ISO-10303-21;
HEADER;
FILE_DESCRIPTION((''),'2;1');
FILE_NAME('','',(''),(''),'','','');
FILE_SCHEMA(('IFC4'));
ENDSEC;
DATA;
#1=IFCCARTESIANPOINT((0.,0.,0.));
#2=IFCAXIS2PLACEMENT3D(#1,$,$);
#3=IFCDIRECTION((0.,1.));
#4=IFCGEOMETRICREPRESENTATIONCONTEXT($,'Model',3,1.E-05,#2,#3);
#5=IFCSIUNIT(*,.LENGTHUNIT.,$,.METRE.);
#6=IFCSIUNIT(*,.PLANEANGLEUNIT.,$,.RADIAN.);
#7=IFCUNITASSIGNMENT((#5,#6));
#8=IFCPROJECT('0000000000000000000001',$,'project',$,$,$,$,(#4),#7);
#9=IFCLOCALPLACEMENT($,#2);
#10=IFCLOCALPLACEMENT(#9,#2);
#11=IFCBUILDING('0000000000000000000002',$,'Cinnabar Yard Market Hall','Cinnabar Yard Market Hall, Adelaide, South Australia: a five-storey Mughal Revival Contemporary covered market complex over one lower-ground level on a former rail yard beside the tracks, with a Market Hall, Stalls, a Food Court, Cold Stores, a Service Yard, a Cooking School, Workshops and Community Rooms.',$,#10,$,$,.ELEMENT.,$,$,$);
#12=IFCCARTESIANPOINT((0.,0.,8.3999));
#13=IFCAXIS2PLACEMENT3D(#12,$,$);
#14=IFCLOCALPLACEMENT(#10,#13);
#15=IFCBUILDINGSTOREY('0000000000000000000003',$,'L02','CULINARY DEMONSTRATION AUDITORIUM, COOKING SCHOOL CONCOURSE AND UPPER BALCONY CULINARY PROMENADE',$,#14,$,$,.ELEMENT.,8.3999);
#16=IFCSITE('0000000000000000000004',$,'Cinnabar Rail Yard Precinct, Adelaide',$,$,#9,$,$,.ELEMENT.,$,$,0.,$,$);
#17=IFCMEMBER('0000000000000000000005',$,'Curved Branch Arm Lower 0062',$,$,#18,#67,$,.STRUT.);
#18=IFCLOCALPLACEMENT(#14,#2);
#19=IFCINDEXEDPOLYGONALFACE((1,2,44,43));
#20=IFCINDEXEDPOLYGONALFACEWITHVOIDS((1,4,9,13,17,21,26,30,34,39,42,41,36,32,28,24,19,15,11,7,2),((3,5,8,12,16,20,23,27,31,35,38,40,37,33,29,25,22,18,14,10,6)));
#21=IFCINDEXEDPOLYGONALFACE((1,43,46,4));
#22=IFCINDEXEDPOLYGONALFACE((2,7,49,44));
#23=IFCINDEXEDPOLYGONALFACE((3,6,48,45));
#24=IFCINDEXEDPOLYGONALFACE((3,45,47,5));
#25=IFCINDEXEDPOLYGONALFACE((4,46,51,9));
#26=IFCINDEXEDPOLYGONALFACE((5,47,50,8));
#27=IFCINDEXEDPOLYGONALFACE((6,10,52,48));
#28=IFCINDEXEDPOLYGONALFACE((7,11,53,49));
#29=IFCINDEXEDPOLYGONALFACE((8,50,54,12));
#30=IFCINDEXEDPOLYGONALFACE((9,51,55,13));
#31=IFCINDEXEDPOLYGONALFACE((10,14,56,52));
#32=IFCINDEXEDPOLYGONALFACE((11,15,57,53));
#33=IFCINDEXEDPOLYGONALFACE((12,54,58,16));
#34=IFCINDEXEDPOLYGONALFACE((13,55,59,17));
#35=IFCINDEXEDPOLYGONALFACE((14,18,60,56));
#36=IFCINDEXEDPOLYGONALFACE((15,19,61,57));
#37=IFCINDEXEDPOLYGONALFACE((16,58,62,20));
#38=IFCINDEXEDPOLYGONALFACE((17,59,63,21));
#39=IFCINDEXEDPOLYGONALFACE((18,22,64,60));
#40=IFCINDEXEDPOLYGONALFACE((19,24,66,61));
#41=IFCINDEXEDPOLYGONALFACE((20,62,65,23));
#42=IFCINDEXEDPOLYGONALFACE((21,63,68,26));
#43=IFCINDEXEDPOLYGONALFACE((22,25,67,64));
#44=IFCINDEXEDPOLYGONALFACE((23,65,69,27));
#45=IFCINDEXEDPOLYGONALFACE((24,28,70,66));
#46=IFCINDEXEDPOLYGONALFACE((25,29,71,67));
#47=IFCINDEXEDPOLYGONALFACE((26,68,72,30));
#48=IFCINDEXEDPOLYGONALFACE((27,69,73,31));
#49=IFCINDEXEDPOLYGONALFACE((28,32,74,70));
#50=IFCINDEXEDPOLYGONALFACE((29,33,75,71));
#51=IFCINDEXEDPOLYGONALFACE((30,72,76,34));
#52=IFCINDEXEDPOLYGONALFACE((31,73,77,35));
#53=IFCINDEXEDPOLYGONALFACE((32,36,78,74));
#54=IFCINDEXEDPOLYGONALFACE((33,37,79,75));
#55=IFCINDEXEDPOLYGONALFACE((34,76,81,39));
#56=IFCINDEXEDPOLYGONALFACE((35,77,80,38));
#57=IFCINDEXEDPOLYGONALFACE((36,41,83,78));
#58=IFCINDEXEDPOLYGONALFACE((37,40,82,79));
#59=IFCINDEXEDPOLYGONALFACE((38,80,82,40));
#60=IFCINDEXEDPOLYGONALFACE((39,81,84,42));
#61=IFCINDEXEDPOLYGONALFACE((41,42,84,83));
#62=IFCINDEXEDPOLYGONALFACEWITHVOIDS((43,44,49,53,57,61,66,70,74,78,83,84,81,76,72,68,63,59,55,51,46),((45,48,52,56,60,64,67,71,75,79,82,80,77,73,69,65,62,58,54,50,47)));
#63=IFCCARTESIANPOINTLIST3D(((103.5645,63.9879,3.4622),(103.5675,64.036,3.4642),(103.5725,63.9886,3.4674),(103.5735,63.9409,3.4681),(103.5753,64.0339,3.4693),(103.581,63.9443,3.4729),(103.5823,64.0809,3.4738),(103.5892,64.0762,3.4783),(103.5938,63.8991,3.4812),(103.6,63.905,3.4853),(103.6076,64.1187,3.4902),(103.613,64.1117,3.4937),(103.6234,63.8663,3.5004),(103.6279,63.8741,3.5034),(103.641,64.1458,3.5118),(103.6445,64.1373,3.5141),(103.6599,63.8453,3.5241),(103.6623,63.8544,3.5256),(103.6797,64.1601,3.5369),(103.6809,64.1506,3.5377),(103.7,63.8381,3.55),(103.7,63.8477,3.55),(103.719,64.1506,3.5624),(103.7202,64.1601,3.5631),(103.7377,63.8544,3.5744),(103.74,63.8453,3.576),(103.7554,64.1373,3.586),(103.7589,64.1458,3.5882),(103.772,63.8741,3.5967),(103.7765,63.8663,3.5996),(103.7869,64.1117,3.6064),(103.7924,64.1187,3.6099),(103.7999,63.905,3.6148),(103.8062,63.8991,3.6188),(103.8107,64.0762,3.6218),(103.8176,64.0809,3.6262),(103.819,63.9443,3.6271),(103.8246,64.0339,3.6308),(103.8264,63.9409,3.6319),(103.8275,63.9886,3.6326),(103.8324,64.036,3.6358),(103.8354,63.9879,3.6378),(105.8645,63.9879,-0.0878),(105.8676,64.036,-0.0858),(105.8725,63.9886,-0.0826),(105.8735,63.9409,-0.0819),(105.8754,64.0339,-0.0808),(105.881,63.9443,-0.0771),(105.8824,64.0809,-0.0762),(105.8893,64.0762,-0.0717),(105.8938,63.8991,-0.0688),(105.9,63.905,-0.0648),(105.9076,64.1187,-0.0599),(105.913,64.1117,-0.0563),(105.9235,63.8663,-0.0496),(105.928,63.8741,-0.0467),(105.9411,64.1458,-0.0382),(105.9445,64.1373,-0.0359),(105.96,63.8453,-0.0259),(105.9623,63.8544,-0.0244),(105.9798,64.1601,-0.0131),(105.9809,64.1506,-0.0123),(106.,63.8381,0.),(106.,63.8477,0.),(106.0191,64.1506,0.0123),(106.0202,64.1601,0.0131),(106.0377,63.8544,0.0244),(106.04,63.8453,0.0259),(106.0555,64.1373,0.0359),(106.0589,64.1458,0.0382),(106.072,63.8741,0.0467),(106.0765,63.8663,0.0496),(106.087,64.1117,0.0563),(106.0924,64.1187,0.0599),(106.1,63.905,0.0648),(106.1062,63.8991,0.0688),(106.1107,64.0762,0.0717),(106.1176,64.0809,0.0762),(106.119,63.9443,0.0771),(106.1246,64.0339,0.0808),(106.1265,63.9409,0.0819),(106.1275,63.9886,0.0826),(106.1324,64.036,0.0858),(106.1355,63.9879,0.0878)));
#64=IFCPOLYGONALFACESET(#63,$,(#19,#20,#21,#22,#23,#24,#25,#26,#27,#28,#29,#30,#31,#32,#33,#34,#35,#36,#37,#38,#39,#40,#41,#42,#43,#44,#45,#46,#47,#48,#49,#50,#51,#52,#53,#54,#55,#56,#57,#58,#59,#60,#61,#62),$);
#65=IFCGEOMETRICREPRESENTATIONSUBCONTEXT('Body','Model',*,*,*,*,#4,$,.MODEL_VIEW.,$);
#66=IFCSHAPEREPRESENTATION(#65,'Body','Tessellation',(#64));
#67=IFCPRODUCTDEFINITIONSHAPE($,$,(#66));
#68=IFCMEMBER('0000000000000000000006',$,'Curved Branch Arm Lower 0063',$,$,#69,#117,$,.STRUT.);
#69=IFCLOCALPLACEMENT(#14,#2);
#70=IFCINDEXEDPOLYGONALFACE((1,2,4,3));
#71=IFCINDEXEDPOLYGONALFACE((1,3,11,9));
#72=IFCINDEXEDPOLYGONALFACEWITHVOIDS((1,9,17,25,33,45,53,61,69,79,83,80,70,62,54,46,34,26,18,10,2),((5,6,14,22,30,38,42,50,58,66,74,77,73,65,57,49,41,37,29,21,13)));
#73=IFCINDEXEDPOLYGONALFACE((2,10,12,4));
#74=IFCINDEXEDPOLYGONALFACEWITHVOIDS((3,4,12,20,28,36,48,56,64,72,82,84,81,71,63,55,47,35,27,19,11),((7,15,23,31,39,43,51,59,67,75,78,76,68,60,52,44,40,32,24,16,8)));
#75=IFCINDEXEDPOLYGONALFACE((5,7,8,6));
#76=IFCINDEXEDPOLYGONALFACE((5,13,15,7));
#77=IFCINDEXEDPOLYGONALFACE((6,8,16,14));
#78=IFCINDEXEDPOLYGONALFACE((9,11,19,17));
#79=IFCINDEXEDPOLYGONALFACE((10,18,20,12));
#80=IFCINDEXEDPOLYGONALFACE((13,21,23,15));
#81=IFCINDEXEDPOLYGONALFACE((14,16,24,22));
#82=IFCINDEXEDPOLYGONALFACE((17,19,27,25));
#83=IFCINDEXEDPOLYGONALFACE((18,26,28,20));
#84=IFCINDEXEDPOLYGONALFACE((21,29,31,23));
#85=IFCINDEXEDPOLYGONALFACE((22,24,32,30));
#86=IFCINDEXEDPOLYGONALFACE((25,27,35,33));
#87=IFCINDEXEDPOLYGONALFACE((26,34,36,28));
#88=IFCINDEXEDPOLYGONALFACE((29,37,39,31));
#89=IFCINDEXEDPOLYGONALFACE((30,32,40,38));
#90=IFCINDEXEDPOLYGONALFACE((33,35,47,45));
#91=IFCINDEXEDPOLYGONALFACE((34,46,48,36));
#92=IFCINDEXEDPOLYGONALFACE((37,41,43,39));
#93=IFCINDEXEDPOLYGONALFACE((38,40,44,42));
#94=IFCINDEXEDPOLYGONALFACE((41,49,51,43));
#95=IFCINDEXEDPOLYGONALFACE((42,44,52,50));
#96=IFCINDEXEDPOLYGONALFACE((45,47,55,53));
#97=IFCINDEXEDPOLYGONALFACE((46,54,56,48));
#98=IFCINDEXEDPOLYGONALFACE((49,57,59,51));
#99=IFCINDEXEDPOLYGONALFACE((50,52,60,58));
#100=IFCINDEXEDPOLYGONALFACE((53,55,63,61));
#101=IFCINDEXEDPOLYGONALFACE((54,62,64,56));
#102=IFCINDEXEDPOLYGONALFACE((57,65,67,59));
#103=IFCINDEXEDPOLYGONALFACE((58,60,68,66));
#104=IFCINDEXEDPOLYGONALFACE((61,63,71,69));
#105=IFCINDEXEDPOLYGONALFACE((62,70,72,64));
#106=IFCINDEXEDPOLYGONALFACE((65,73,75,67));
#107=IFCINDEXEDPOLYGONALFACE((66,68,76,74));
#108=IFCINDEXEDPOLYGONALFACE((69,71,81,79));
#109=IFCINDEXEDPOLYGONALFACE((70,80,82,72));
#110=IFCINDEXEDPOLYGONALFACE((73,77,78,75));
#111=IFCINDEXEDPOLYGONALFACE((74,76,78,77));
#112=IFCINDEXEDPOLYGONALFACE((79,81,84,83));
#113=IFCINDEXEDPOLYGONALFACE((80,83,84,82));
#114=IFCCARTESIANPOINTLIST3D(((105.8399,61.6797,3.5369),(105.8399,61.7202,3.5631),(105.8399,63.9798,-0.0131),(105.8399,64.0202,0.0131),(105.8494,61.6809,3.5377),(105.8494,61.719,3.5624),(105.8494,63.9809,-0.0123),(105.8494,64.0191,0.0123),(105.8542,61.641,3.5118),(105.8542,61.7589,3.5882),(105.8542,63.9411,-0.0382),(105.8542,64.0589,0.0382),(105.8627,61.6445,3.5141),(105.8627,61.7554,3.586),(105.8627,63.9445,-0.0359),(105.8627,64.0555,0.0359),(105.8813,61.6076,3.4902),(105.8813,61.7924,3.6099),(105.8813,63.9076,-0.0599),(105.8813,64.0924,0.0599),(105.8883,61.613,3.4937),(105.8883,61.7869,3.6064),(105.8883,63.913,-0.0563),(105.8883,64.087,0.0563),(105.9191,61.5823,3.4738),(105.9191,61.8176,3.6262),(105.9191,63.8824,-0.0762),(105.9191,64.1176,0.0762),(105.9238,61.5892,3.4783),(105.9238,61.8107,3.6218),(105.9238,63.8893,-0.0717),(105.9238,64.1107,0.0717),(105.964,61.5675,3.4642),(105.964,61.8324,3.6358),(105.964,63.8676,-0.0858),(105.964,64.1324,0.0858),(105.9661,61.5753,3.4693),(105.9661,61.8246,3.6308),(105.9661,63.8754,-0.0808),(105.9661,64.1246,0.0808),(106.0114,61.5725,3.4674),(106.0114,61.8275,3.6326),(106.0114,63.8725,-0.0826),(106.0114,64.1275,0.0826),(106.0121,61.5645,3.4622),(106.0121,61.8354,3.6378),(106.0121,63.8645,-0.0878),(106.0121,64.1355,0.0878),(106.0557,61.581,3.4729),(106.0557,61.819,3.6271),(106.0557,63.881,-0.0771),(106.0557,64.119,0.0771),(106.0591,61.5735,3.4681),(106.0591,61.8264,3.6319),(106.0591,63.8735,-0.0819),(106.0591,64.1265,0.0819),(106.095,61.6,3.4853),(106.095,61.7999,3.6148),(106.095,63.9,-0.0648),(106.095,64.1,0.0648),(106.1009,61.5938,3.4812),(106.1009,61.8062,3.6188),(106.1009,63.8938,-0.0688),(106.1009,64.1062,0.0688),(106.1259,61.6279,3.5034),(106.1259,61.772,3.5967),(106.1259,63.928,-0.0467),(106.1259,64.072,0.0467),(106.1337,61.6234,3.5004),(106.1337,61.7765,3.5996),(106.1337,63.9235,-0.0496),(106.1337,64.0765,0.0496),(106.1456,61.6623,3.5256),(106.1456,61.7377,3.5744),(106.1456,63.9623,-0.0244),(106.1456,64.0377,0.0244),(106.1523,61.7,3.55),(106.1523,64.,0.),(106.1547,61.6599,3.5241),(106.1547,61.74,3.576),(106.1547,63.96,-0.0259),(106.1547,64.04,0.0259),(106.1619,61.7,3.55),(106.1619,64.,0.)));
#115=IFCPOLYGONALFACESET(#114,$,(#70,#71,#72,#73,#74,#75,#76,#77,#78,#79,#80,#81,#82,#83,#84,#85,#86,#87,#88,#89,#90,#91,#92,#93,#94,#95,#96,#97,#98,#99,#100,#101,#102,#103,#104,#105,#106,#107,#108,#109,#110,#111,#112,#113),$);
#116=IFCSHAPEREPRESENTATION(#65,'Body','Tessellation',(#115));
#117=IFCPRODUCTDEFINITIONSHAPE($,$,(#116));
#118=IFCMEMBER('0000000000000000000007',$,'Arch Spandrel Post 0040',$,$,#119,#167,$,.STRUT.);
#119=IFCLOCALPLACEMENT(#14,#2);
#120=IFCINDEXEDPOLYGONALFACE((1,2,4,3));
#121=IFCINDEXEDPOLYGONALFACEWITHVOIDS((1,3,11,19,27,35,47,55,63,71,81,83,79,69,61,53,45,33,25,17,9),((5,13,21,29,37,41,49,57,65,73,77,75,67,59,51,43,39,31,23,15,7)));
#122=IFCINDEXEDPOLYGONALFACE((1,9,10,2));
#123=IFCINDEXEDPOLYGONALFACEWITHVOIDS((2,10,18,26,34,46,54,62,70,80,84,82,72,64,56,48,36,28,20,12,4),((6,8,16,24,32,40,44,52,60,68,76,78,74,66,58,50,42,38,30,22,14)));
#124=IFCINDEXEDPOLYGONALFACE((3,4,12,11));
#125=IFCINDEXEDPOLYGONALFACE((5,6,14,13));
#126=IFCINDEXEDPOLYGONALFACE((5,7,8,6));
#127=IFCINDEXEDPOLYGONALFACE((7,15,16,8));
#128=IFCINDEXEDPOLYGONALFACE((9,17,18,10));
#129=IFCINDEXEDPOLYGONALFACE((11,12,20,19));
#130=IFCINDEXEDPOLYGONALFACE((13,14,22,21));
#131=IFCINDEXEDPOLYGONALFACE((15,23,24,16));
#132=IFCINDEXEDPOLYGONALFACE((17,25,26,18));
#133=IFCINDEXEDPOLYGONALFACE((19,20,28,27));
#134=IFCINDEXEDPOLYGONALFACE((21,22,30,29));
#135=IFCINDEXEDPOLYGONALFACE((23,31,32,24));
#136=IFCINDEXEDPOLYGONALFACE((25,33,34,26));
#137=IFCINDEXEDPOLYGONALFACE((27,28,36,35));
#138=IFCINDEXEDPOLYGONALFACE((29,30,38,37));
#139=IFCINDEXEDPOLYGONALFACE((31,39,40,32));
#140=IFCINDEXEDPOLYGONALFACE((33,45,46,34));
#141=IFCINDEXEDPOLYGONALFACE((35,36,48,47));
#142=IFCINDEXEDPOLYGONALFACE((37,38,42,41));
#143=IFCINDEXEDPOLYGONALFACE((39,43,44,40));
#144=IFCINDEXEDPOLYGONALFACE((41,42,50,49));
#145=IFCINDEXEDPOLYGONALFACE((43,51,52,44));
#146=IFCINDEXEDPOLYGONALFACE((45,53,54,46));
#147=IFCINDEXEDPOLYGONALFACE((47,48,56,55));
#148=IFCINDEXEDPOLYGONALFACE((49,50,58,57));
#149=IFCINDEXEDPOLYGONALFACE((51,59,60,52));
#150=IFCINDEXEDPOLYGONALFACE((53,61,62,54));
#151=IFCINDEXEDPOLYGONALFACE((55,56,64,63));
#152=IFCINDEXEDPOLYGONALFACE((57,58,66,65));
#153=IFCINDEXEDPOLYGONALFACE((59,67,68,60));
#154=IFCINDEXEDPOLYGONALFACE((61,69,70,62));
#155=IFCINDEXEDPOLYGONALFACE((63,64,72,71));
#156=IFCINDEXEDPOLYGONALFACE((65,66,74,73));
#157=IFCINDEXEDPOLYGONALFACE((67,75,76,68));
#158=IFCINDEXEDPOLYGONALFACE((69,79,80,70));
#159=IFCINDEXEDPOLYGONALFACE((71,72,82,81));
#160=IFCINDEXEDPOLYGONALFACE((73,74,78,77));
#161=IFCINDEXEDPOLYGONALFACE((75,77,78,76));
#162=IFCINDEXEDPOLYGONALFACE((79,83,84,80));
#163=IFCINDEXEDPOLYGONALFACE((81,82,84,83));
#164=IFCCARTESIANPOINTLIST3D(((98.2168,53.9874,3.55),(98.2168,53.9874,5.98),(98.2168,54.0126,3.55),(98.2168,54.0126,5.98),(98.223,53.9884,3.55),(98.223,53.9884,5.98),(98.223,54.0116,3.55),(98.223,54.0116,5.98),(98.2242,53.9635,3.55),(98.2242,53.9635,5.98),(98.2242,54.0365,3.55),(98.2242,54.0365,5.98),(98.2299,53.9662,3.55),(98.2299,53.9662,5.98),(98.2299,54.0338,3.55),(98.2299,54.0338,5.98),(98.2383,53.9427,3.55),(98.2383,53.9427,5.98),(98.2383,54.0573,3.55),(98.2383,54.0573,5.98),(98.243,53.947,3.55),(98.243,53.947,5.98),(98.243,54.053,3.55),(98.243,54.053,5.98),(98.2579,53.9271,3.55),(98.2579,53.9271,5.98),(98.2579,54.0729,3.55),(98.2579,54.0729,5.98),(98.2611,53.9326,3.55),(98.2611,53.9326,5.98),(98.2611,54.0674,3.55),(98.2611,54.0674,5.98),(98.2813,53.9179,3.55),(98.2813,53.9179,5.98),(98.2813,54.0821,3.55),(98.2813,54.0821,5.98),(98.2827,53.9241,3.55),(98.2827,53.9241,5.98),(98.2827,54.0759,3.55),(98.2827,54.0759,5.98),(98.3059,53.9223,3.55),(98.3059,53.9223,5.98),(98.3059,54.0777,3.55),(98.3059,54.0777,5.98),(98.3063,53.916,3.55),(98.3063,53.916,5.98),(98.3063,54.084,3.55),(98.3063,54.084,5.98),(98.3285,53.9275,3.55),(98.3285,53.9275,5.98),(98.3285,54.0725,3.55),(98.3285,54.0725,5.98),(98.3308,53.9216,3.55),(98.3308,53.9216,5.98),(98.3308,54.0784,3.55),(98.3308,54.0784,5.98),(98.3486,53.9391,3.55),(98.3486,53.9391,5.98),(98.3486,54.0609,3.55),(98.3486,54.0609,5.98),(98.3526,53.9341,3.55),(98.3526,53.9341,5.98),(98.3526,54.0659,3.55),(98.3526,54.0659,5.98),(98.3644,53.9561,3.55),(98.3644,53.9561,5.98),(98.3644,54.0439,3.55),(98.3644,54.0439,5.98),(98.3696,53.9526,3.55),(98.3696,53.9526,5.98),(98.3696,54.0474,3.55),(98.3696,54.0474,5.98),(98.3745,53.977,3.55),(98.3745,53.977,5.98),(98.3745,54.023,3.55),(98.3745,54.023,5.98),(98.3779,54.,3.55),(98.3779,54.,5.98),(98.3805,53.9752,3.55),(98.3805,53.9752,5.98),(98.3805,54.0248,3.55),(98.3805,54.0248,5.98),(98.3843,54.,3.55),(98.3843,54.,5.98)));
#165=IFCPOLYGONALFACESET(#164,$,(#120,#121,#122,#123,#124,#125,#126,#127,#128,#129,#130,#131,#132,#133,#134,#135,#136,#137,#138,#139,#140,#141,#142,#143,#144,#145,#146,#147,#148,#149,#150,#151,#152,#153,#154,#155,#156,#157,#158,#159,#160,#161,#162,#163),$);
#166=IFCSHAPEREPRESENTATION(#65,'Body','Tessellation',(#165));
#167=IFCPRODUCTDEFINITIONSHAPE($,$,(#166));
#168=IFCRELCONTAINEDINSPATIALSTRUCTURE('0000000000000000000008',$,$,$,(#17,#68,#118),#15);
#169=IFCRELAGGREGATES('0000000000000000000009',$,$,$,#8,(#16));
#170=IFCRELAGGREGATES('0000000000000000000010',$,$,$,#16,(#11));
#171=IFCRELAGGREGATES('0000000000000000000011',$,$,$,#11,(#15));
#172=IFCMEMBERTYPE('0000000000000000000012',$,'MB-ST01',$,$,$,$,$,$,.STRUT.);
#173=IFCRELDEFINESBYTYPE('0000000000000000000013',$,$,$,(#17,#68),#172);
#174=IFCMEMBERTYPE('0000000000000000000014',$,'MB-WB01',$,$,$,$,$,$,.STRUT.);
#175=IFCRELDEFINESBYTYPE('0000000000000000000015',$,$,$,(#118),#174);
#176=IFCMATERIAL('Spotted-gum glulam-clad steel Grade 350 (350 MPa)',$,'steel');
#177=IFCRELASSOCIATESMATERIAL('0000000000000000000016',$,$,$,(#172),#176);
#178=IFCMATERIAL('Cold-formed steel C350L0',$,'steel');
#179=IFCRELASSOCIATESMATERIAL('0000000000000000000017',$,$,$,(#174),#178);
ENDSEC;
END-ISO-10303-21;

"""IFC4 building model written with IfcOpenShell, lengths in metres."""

from ifc_helpers import new_model, si_unit, direction, frame, origin, origin_2d_with_axis, place, context, subcontext, project, spatial, hollow_circle, extrude, material, material_profile, profile_set, type_object, element, save


model = new_model("IFC4")

# Units and contexts
model_context = context("Model", 3, precision=1e-05, world=origin(), true_north=direction((0.0, 1.0)))
body_context = subcontext(model_context, "Body", "Model", "MODEL_VIEW")
ifc_project = project(units=[si_unit("LENGTHUNIT", "METRE"), si_unit("PLANEANGLEUNIT", "RADIAN")], contexts=[model_context])

# Site, building, storey
site_placement = place(None, origin())
site = spatial("IfcSite", under=ifc_project, at=site_placement, Name="Cinnabar Rail Yard Precinct, Adelaide", CompositionType="ELEMENT", RefElevation=0.0)
building_placement = place(site_placement, origin())
building = spatial("IfcBuilding", under=site, at=building_placement, Name="Cinnabar Yard Market Hall", Description="Cinnabar Yard Market Hall, Adelaide, South Australia: a five-storey Mughal Revival Contemporary covered market complex over one lower-ground level on a former rail yard beside the tracks, with a Market Hall, Stalls, a Food Court, Cold Stores, a Service Yard, a Cooking School, Workshops and Community Rooms.", CompositionType="ELEMENT")
storey_placement = place(building_placement, frame((0.0, 0.0, 8.3999)))
storey = spatial("IfcBuildingStorey", under=building, at=storey_placement, Name="L02", Description="CULINARY DEMONSTRATION AUDITORIUM, COOKING SCHOOL CONCOURSE AND UPPER BALCONY CULINARY PROMENADE", CompositionType="ELEMENT", Elevation=8.3999)

# Shared definitions
ifc_material_1 = material(Name="Spotted-gum glulam-clad steel Grade 350 (350 MPa)", Category="steel")

# Members
ifc_material_profile_1 = material_profile(ifc_material_1, hollow_circle(Radius=0.1619, WallThickness=0.0095, at=origin_2d_with_axis()), Name="323.9x9.5CHS")
ifc_profile_set_1 = profile_set([ifc_material_profile_1], Name="Spotted-gum glulam-clad steel Grade 350 (350 MPa)")
member_type_1 = type_object("IfcMemberType", Name="MB-ST01", PredefinedType="STRUT", material=ifc_profile_set_1)
for number, where, z_axis, x_axis, name in (
    (1, (106.0, 64.0, 0.0), (-0.543744, 0.0, 0.839251), (0.0, -1.0, 0.0), "Curved Branch Arm Lower 0062"),
    (2, (106.0, 64.0, 0.0), (0.0, -0.543744, 0.839251), (1.0, 0.0, 0.0), "Curved Branch Arm Lower 0063"),
):
    element("IfcMember", number, at=place(storey_placement, frame(where, z_axis=z_axis, x_axis=x_axis)), inside=storey, type_object=member_type_1, Name=name, PredefinedType="STRUT", context=body_context, shape_type="SweptSolid", body=[
        extrude(hollow_circle(Radius=0.1619, WallThickness=0.0095, at=origin_2d_with_axis()), origin(), (0.0, 0.0, 1.0), 4.23),
    ])
ifc_material_2 = material(Name="Cold-formed steel C350L0", Category="steel")
ifc_material_profile_2 = material_profile(ifc_material_2, hollow_circle(Radius=0.0842, WallThickness=0.0063, at=origin_2d_with_axis()), Name="168.3x6.4CHS")
ifc_profile_set_2 = profile_set([ifc_material_profile_2], Name="Cold-formed steel C350L0")
member_type_2 = type_object("IfcMemberType", Name="MB-WB01", PredefinedType="STRUT", material=ifc_profile_set_2)
for number, where, z_axis, x_axis, name in (
    (3, (98.3, 54.0, 3.55), (0.0, 0.0, 1.0), (1.0, 0.0, 0.0), "Arch Spandrel Post 0040"),
):
    element("IfcMember", number, at=place(storey_placement, frame(where, z_axis=z_axis, x_axis=x_axis)), inside=storey, type_object=member_type_2, Name=name, PredefinedType="STRUT", context=body_context, shape_type="SweptSolid", body=[
        extrude(hollow_circle(Radius=0.0842, WallThickness=0.0063, at=origin_2d_with_axis()), origin(), (0.0, 0.0, 1.0), 2.4299),
    ])

save(model, "model.ifc")
